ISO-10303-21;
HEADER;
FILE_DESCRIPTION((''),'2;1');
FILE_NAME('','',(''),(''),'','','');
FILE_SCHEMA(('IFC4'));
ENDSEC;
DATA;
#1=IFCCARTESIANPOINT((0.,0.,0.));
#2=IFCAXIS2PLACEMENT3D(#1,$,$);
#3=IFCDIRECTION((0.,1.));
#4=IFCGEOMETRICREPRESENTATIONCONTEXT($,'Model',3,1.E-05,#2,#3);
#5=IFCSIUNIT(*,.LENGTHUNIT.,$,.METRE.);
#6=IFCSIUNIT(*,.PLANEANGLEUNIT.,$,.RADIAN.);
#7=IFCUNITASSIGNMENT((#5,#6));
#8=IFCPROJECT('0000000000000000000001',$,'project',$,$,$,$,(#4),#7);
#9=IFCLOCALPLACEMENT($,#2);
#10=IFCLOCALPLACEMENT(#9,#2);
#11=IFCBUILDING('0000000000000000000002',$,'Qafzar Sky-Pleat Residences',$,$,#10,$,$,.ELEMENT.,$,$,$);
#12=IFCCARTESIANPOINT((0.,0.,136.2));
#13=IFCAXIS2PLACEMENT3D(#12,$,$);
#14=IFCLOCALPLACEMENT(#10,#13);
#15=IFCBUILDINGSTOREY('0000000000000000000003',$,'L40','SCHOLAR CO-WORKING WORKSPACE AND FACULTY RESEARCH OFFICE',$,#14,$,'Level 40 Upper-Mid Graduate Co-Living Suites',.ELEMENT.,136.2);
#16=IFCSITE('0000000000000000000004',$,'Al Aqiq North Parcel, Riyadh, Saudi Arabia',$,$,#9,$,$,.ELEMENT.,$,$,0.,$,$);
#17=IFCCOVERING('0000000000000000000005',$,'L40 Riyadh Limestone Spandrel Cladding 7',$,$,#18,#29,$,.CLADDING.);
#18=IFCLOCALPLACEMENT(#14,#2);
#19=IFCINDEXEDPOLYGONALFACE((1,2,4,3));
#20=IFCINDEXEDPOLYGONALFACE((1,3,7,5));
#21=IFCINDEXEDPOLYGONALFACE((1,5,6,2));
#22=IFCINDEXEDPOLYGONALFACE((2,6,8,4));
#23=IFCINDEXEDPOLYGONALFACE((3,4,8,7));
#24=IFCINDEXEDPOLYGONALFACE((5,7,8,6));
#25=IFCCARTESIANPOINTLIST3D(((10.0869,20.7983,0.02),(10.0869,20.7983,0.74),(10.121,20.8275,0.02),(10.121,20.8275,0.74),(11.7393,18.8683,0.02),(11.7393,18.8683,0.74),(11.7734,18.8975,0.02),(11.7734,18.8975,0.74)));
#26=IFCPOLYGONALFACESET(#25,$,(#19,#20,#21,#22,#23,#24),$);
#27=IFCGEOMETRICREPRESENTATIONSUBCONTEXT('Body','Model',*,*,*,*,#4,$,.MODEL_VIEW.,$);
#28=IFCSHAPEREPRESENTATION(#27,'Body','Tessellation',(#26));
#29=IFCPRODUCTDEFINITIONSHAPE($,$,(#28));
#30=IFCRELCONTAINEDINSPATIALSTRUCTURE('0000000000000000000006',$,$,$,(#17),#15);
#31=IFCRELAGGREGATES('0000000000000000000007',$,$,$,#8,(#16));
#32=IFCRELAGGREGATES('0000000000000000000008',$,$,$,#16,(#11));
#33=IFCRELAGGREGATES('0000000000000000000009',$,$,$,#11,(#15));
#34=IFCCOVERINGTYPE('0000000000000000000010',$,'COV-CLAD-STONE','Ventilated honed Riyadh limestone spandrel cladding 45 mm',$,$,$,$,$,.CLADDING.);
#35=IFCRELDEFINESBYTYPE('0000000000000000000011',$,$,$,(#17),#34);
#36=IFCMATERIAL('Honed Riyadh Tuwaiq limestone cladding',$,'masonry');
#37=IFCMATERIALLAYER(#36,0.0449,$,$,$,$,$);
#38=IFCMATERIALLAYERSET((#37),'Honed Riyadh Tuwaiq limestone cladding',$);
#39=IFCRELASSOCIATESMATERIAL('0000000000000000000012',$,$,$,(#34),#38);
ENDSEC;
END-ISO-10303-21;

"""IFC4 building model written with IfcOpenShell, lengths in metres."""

from ifc_helpers import new_model, si_unit, direction, frame, origin, origin_2d, place, context, subcontext, project, spatial, rectangle, extrude, source, transform, mapped, material, layer, layer_set, type_object, element, save


model = new_model("IFC4")

# Units and contexts
model_context = context("Model", 3, precision=1e-05, world=origin(), true_north=direction((0.0, 1.0)))
body_context = subcontext(model_context, "Body", "Model", "MODEL_VIEW")
ifc_project = project(units=[si_unit("LENGTHUNIT", "METRE"), si_unit("PLANEANGLEUNIT", "RADIAN")], contexts=[model_context])

# Site, building, storey
site_placement = place(None, origin())
site = spatial("IfcSite", under=ifc_project, at=site_placement, Name="Al Aqiq North Parcel, Riyadh, Saudi Arabia", CompositionType="ELEMENT", RefElevation=0.0)
building_placement = place(site_placement, origin())
building = spatial("IfcBuilding", under=site, at=building_placement, Name="Qafzar Sky-Pleat Residences", CompositionType="ELEMENT")
storey_placement = place(building_placement, frame((0.0, 0.0, 136.2)))
storey = spatial("IfcBuildingStorey", under=building, at=storey_placement, Name="L40", Description="SCHOLAR CO-WORKING WORKSPACE AND FACULTY RESEARCH OFFICE", LongName="Level 40 Upper-Mid Graduate Co-Living Suites", CompositionType="ELEMENT", Elevation=136.2)

# Covering
ifc_material_1 = material(Name="Honed Riyadh Tuwaiq limestone cladding", Category="masonry")
ifc_layer_1 = layer(ifc_material_1, 0.0449)
ifc_layer_set_1 = layer_set([ifc_layer_1], Name="Honed Riyadh Tuwaiq limestone cladding")
covering_type = type_object("IfcCoveringType", Name="COV-CLAD-STONE", Description="Ventilated honed Riyadh limestone spandrel cladding 45 mm", PredefinedType="CLADDING", material=ifc_layer_set_1)
shared_shape_1 = source(origin(), body_context, "Body", "SweptSolid", [
    extrude(rectangle(XDim=2.5408, YDim=0.0449, at=origin_2d()), origin(), (0.0, 0.0, 1.0), 0.72),
])
covering_1_placement = place(storey_placement, frame((10.9302, 19.8479, 0.02), z_axis=(0.0, 0.0, 1.0), x_axis=(0.650357, -0.759629, 0.0)))
element("IfcCovering", 1, at=covering_1_placement, inside=storey, type_object=covering_type, Name="L40 Riyadh Limestone Spandrel Cladding 7", PredefinedType="CLADDING", context=body_context, shape_type="MappedRepresentation", body=[
    mapped(shared_shape_1, transform((0.0, 0.0, 0.0), x_axis=(1.0, 0.0, 0.0), y_axis=(0.0, 1.0, 0.0), z_axis=(0.0, 0.0, 1.0), scale=1.0)),
])

save(model, "model.ifc")
